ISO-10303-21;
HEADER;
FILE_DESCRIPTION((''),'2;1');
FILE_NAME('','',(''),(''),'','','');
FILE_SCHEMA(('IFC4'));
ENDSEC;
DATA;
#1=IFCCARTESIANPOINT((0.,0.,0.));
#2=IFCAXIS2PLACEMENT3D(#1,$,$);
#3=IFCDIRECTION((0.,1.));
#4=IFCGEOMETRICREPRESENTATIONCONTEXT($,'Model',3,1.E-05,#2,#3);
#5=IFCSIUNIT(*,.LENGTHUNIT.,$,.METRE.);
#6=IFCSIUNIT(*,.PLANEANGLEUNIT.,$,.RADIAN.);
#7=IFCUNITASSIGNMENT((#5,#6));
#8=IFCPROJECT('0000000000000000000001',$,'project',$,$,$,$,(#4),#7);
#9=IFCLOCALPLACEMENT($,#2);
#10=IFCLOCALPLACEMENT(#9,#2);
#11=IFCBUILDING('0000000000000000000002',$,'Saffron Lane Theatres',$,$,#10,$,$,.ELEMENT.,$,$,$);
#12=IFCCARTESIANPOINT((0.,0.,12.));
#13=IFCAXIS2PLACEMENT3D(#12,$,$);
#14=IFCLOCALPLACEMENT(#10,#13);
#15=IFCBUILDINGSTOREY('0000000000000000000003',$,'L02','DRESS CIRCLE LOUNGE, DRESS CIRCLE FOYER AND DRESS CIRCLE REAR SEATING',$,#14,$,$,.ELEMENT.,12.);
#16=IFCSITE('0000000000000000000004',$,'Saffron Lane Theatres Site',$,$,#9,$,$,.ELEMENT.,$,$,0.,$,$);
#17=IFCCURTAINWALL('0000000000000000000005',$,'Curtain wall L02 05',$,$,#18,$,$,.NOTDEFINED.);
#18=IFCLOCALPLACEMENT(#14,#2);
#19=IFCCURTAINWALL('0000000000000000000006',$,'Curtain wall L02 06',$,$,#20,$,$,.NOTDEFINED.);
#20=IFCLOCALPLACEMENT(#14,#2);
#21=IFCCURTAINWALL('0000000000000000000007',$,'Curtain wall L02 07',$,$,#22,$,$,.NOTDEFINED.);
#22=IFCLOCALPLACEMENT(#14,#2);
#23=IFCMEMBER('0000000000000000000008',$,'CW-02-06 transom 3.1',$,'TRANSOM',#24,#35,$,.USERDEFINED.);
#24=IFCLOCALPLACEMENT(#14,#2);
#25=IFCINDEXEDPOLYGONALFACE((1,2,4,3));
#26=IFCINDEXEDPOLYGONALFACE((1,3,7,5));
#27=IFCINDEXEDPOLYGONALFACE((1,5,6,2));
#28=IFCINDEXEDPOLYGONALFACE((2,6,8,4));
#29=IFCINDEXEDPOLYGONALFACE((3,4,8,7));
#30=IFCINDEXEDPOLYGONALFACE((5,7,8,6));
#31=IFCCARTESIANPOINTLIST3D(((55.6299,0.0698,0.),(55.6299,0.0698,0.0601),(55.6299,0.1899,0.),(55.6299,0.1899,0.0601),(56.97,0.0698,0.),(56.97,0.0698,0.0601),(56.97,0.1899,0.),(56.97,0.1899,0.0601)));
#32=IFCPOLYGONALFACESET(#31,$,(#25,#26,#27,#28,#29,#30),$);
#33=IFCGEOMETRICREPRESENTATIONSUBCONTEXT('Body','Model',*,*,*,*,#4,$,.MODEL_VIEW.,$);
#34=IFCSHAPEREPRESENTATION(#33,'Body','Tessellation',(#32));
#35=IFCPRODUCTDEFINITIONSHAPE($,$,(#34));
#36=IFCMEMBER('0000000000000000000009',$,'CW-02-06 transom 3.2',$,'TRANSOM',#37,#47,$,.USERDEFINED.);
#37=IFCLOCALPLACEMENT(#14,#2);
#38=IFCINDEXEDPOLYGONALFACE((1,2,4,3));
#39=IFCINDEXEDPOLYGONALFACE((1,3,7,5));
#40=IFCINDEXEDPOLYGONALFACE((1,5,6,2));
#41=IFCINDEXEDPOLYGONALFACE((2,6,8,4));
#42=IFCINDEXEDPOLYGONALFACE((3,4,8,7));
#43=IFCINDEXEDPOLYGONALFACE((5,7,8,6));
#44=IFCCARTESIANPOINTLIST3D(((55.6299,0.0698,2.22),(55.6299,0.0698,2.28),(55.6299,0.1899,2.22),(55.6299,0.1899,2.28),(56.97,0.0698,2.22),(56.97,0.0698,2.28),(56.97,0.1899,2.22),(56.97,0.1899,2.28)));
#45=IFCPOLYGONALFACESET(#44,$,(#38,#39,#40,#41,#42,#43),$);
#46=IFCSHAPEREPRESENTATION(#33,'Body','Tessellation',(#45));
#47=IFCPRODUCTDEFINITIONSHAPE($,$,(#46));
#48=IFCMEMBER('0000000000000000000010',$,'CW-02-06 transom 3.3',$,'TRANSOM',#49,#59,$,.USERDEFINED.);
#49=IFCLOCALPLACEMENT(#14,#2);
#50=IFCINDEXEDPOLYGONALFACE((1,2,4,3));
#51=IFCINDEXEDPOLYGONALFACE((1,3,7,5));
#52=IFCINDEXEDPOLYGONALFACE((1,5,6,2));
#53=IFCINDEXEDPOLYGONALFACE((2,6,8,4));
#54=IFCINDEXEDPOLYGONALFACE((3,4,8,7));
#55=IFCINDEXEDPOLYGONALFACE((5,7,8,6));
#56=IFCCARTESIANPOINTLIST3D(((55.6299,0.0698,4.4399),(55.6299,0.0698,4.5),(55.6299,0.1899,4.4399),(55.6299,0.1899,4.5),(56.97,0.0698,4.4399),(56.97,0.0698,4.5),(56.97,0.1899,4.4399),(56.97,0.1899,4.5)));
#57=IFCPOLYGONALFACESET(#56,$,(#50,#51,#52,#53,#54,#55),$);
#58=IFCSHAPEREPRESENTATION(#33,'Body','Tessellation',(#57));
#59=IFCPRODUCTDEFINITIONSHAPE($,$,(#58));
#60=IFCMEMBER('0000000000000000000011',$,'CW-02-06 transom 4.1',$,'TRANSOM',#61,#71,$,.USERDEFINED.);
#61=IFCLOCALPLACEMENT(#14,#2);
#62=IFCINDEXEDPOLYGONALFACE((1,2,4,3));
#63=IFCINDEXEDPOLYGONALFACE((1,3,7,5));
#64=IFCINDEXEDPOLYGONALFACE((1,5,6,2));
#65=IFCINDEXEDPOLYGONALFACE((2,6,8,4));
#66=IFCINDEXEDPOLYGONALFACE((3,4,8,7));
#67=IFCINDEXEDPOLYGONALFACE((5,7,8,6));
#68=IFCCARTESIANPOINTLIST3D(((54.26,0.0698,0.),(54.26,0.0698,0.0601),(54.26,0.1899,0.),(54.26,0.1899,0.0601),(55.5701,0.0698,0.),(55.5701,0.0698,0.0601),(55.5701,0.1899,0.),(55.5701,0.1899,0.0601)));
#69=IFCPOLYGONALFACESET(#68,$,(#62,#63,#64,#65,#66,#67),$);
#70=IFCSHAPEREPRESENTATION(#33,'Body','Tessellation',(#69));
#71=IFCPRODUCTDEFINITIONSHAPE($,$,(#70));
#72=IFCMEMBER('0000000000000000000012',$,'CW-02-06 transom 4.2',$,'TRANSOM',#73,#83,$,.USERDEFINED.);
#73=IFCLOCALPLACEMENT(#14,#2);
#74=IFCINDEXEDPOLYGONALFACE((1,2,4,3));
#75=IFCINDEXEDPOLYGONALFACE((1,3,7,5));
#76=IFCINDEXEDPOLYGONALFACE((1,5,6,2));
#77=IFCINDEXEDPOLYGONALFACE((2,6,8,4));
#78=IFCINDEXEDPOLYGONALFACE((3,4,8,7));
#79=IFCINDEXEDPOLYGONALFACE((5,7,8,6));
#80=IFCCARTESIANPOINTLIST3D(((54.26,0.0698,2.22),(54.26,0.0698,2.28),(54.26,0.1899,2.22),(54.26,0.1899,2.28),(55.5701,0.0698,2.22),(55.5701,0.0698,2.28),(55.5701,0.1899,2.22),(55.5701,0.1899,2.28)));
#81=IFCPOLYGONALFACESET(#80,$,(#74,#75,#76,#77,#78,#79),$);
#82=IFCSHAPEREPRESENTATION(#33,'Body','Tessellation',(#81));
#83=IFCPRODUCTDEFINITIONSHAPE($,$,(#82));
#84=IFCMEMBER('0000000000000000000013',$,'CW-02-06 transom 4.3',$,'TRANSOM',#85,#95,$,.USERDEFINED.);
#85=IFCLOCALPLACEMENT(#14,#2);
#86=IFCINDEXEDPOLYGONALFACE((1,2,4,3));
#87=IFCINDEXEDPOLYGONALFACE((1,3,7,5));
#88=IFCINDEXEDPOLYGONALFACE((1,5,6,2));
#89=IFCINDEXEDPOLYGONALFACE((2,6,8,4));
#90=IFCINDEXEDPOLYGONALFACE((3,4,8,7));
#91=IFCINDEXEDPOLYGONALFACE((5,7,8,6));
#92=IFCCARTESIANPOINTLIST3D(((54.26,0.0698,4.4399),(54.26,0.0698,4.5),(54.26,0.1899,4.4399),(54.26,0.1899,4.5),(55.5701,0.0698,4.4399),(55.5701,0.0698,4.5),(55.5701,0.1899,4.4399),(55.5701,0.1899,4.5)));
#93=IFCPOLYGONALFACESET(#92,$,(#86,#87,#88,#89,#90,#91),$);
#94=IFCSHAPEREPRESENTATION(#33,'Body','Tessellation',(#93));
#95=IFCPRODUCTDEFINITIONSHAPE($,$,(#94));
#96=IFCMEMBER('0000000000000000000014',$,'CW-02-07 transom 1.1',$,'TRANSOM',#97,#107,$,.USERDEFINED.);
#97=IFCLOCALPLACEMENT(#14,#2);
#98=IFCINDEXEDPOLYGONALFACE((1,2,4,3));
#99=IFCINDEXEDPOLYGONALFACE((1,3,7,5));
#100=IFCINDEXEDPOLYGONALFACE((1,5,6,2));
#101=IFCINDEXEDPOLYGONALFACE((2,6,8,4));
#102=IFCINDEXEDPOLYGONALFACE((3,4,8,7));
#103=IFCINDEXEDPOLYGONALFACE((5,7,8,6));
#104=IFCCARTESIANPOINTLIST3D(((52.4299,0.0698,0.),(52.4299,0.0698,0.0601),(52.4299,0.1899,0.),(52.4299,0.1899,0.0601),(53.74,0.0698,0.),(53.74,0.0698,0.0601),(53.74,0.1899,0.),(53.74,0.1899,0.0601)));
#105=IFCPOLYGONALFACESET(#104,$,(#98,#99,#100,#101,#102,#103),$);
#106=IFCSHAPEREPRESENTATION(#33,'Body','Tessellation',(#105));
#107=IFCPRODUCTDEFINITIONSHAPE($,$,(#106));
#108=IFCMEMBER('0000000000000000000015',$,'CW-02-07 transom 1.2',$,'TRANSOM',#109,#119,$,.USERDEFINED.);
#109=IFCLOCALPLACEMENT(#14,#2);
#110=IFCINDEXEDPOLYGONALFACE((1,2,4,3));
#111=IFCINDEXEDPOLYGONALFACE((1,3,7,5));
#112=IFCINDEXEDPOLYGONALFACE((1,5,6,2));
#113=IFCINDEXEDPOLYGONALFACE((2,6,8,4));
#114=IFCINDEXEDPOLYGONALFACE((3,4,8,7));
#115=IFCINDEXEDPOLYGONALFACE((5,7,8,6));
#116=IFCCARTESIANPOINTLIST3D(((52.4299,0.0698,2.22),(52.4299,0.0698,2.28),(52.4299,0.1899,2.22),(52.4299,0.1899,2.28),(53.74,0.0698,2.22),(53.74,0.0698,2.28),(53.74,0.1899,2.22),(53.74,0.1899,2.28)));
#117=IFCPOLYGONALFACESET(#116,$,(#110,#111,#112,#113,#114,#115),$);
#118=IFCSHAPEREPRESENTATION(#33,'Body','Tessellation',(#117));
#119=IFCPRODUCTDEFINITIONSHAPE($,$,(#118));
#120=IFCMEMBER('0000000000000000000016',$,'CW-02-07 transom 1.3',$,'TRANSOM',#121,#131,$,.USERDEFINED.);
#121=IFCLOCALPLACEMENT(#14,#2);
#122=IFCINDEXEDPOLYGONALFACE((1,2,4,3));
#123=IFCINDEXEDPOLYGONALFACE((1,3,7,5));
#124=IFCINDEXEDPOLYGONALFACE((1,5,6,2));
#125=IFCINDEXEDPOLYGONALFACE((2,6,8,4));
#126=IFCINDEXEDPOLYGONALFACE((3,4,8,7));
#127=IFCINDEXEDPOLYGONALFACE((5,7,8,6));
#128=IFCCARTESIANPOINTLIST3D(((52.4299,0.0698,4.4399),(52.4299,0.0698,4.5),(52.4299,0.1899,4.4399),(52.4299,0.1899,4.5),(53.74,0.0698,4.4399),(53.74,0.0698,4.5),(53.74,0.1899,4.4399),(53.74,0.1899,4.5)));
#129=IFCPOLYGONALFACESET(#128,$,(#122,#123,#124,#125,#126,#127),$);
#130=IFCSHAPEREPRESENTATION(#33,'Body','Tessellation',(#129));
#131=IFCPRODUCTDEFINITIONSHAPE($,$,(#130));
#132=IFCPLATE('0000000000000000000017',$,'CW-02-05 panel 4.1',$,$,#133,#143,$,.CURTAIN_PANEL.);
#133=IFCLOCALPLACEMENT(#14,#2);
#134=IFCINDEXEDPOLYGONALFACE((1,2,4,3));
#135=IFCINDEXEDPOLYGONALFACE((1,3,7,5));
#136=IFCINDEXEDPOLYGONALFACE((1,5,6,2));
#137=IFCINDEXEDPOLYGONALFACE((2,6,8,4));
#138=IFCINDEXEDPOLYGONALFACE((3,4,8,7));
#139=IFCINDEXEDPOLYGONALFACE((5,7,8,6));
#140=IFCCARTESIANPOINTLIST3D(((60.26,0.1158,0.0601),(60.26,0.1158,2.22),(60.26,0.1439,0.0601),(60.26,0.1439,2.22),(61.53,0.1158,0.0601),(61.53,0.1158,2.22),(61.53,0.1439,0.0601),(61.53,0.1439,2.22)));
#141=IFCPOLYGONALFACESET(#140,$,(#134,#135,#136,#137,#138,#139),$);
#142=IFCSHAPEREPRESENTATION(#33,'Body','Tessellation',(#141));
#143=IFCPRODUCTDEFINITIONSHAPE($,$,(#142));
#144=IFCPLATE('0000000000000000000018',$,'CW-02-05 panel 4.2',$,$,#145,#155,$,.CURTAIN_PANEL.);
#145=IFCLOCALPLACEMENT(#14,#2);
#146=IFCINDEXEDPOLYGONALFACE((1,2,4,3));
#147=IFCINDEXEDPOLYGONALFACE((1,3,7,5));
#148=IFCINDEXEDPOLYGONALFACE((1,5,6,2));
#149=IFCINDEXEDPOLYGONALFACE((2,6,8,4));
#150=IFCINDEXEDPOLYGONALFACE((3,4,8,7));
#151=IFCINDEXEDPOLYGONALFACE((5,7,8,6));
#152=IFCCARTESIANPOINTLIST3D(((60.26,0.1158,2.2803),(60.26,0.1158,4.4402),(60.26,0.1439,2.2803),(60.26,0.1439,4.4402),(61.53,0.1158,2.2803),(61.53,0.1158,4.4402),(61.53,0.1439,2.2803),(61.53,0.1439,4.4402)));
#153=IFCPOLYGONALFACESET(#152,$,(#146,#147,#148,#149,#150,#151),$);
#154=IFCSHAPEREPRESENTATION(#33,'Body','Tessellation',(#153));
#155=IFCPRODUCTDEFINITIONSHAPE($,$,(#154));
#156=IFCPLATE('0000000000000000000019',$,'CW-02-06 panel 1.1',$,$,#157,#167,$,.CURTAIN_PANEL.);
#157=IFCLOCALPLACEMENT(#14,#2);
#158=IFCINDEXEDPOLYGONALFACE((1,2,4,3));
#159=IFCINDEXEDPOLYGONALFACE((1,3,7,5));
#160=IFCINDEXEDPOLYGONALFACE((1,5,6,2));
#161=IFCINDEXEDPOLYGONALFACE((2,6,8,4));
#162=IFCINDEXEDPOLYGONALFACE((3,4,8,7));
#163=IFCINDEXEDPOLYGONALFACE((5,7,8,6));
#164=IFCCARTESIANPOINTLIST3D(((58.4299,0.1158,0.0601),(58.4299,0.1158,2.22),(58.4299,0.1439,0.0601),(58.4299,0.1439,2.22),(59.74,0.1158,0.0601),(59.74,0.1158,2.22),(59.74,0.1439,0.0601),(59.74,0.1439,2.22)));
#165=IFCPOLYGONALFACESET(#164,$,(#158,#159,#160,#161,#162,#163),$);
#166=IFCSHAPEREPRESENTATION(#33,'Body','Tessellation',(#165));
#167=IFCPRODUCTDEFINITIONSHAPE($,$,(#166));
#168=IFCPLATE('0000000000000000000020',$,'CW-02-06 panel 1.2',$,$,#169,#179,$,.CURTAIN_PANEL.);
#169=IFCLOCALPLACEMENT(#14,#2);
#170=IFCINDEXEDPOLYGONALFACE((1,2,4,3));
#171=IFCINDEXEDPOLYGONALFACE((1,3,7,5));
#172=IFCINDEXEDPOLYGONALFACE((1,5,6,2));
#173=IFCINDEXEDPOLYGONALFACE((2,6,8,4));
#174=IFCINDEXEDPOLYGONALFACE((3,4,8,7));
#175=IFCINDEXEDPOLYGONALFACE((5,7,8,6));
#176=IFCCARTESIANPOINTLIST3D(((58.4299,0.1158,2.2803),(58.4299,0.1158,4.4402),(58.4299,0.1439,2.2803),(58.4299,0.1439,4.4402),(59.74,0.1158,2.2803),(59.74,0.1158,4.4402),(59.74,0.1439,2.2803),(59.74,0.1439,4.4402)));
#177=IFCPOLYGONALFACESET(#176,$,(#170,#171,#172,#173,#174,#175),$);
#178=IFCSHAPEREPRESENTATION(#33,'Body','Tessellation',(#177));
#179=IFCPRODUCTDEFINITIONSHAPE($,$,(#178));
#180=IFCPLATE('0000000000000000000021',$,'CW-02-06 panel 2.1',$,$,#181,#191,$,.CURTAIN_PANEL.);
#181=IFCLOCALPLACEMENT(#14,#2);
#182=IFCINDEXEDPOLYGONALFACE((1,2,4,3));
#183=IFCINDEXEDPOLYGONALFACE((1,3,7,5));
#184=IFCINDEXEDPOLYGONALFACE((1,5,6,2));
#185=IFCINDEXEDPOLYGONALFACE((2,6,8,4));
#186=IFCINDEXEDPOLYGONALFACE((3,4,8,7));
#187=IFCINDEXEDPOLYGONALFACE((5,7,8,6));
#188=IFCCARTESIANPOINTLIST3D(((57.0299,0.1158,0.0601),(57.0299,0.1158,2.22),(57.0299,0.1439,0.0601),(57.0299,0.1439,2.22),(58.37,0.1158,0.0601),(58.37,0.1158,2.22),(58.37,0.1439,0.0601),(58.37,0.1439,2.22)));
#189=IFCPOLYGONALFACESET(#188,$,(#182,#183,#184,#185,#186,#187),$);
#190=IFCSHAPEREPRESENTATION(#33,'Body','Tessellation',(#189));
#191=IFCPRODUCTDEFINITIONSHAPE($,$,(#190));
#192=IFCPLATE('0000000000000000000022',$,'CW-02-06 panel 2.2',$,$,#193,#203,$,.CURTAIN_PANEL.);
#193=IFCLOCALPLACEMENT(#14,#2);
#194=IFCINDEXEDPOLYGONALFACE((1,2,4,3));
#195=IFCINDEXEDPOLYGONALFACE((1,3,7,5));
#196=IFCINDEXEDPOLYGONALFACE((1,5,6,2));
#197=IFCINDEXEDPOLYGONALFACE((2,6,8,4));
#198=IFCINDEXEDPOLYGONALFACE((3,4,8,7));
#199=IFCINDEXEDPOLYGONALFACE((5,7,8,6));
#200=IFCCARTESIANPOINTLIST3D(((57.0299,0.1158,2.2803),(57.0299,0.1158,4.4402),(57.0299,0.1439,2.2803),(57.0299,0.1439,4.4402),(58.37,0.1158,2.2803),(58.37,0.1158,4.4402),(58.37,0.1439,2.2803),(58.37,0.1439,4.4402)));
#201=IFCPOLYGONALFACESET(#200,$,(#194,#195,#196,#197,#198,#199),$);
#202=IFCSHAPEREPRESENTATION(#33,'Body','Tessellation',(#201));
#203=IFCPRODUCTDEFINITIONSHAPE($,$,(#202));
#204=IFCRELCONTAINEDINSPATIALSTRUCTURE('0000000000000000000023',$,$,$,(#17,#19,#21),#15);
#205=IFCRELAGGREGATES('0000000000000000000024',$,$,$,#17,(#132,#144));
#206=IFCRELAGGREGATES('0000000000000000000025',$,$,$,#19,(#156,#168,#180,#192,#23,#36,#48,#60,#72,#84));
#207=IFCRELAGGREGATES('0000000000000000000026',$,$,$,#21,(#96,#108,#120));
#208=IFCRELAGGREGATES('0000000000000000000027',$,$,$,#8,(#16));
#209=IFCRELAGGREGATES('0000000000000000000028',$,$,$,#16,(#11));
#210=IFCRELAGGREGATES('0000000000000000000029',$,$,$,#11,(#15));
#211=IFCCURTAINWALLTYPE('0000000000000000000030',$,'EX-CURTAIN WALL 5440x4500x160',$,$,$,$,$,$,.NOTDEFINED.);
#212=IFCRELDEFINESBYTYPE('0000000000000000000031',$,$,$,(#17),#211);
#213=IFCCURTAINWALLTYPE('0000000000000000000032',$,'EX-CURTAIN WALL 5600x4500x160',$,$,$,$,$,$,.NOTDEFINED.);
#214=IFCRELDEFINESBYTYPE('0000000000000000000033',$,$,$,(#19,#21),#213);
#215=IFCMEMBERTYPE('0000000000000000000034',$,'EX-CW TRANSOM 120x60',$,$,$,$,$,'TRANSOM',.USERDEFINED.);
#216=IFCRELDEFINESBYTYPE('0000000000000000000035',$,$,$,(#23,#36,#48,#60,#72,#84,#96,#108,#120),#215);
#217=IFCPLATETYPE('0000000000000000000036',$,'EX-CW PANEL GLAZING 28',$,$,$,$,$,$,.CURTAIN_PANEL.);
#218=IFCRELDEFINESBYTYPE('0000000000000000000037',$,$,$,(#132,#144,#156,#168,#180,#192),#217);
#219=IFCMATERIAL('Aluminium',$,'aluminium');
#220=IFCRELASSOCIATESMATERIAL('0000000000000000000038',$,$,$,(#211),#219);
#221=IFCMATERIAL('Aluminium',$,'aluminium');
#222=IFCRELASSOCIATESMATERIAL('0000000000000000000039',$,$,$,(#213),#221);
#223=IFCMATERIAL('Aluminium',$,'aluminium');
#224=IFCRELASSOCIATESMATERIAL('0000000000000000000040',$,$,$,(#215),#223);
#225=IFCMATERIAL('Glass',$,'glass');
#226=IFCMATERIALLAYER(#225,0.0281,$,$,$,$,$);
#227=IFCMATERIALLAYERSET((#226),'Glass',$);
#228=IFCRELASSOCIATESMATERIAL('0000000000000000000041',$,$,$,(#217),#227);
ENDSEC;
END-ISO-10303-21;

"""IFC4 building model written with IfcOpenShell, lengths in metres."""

from ifc_helpers import new_model, si_unit, direction, frame, origin, origin_2d, place, context, subcontext, project, spatial, rectangle, extrude, material, layer, layer_set, material_profile, profile_set, type_object, element, aggregate, save


model = new_model("IFC4")

# Units and contexts
model_context = context("Model", 3, precision=1e-05, world=origin(), true_north=direction((0.0, 1.0)))
body_context = subcontext(model_context, "Body", "Model", "MODEL_VIEW")
ifc_project = project(units=[si_unit("LENGTHUNIT", "METRE"), si_unit("PLANEANGLEUNIT", "RADIAN")], contexts=[model_context])

# Site, building, storey
site_placement = place(None, origin())
site = spatial("IfcSite", under=ifc_project, at=site_placement, Name="Saffron Lane Theatres Site", CompositionType="ELEMENT", RefElevation=0.0)
building_placement = place(site_placement, origin())
building = spatial("IfcBuilding", under=site, at=building_placement, Name="Saffron Lane Theatres", CompositionType="ELEMENT")
storey_placement = place(building_placement, frame((0.0, 0.0, 12.0)))
storey = spatial("IfcBuildingStorey", under=building, at=storey_placement, Name="L02", Description="DRESS CIRCLE LOUNGE, DRESS CIRCLE FOYER AND DRESS CIRCLE REAR SEATING", CompositionType="ELEMENT", Elevation=12.0)

# Curtain wall
ifc_material_1 = material(Name="Aluminium", Category="aluminium")
curtain_wall_type_1 = type_object("IfcCurtainWallType", Name="EX-CURTAIN WALL 5440x4500x160", PredefinedType="NOTDEFINED", material=ifc_material_1)
curtain_wall_1_placement = place(storey_placement, origin())
curtain_wall_1 = element("IfcCurtainWall", 1, at=curtain_wall_1_placement, inside=storey, type_object=curtain_wall_type_1, Name="Curtain wall L02 05", PredefinedType="NOTDEFINED")

# Curtain walls
ifc_material_2 = material(Name="Aluminium", Category="aluminium")
curtain_wall_type_2 = type_object("IfcCurtainWallType", Name="EX-CURTAIN WALL 5600x4500x160", PredefinedType="NOTDEFINED", material=ifc_material_2)
curtain_wall_2_placement = place(storey_placement, origin())
curtain_wall_2 = element("IfcCurtainWall", 2, at=curtain_wall_2_placement, inside=storey, type_object=curtain_wall_type_2, Name="Curtain wall L02 06", PredefinedType="NOTDEFINED")
curtain_wall_3_placement = place(storey_placement, origin())
curtain_wall_3 = element("IfcCurtainWall", 3, at=curtain_wall_3_placement, inside=storey, type_object=curtain_wall_type_2, Name="Curtain wall L02 07", PredefinedType="NOTDEFINED")

# Members
ifc_material_3 = material(Name="Aluminium", Category="aluminium")
ifc_material_profile_1 = material_profile(ifc_material_3, rectangle(XDim=0.1201, YDim=0.0601, at=origin_2d()))
ifc_profile_set_1 = profile_set([ifc_material_profile_1], Name="Aluminium")
member_type_1 = type_object("IfcMemberType", Name="EX-CW TRANSOM 120x60", ElementType="TRANSOM", PredefinedType="USERDEFINED", material=ifc_profile_set_1)
member_1_placement = place(storey_placement, frame((56.97, 0.1299, 0.03), z_axis=(-1.0, 0.0, 0.0), x_axis=(0.0, -1.0, 0.0)))
member_1 = element("IfcMember", 4, at=member_1_placement, type_object=member_type_1, Name="CW-02-06 transom 3.1", ObjectType="TRANSOM", PredefinedType="USERDEFINED", context=body_context, shape_type="SweptSolid", body=[
    extrude(rectangle(XDim=0.1201, YDim=0.0601, at=origin_2d()), origin(), (0.0, 0.0, 1.0), 1.3401),
])
member_2_placement = place(storey_placement, frame((56.97, 0.1299, 2.25), z_axis=(-1.0, 0.0, 0.0), x_axis=(0.0, -1.0, 0.0)))
member_2 = element("IfcMember", 5, at=member_2_placement, type_object=member_type_1, Name="CW-02-06 transom 3.2", ObjectType="TRANSOM", PredefinedType="USERDEFINED", context=body_context, shape_type="SweptSolid", body=[
    extrude(rectangle(XDim=0.1201, YDim=0.0601, at=origin_2d()), origin(), (0.0, 0.0, 1.0), 1.3401),
])
member_3_placement = place(storey_placement, frame((56.97, 0.1299, 4.47), z_axis=(-1.0, 0.0, 0.0), x_axis=(0.0, -1.0, 0.0)))
member_3 = element("IfcMember", 6, at=member_3_placement, type_object=member_type_1, Name="CW-02-06 transom 3.3", ObjectType="TRANSOM", PredefinedType="USERDEFINED", context=body_context, shape_type="SweptSolid", body=[
    extrude(rectangle(XDim=0.1201, YDim=0.0601, at=origin_2d()), origin(), (0.0, 0.0, 1.0), 1.3401),
])
member_4_placement = place(storey_placement, frame((55.5701, 0.1299, 0.03), z_axis=(-1.0, 0.0, 0.0), x_axis=(0.0, -1.0, 0.0)))
member_4 = element("IfcMember", 7, at=member_4_placement, type_object=member_type_1, Name="CW-02-06 transom 4.1", ObjectType="TRANSOM", PredefinedType="USERDEFINED", context=body_context, shape_type="SweptSolid", body=[
    extrude(rectangle(XDim=0.1201, YDim=0.0601, at=origin_2d()), origin(), (0.0, 0.0, 1.0), 1.3101),
])
member_5_placement = place(storey_placement, frame((55.5701, 0.1299, 2.25), z_axis=(-1.0, 0.0, 0.0), x_axis=(0.0, -1.0, 0.0)))
member_5 = element("IfcMember", 8, at=member_5_placement, type_object=member_type_1, Name="CW-02-06 transom 4.2", ObjectType="TRANSOM", PredefinedType="USERDEFINED", context=body_context, shape_type="SweptSolid", body=[
    extrude(rectangle(XDim=0.1201, YDim=0.0601, at=origin_2d()), origin(), (0.0, 0.0, 1.0), 1.3101),
])
member_6_placement = place(storey_placement, frame((55.5701, 0.1299, 4.47), z_axis=(-1.0, 0.0, 0.0), x_axis=(0.0, -1.0, 0.0)))
member_6 = element("IfcMember", 9, at=member_6_placement, type_object=member_type_1, Name="CW-02-06 transom 4.3", ObjectType="TRANSOM", PredefinedType="USERDEFINED", context=body_context, shape_type="SweptSolid", body=[
    extrude(rectangle(XDim=0.1201, YDim=0.0601, at=origin_2d()), origin(), (0.0, 0.0, 1.0), 1.3101),
])
member_7_placement = place(storey_placement, frame((53.74, 0.1299, 0.03), z_axis=(-1.0, 0.0, 0.0), x_axis=(0.0, -1.0, 0.0)))
member_7 = element("IfcMember", 10, at=member_7_placement, type_object=member_type_1, Name="CW-02-07 transom 1.1", ObjectType="TRANSOM", PredefinedType="USERDEFINED", context=body_context, shape_type="SweptSolid", body=[
    extrude(rectangle(XDim=0.1201, YDim=0.0601, at=origin_2d()), origin(), (0.0, 0.0, 1.0), 1.3101),
])
member_8_placement = place(storey_placement, frame((53.74, 0.1299, 2.25), z_axis=(-1.0, 0.0, 0.0), x_axis=(0.0, -1.0, 0.0)))
member_8 = element("IfcMember", 11, at=member_8_placement, type_object=member_type_1, Name="CW-02-07 transom 1.2", ObjectType="TRANSOM", PredefinedType="USERDEFINED", context=body_context, shape_type="SweptSolid", body=[
    extrude(rectangle(XDim=0.1201, YDim=0.0601, at=origin_2d()), origin(), (0.0, 0.0, 1.0), 1.3101),
])
member_9_placement = place(storey_placement, frame((53.74, 0.1299, 4.47), z_axis=(-1.0, 0.0, 0.0), x_axis=(0.0, -1.0, 0.0)))
member_9 = element("IfcMember", 12, at=member_9_placement, type_object=member_type_1, Name="CW-02-07 transom 1.3", ObjectType="TRANSOM", PredefinedType="USERDEFINED", context=body_context, shape_type="SweptSolid", body=[
    extrude(rectangle(XDim=0.1201, YDim=0.0601, at=origin_2d()), origin(), (0.0, 0.0, 1.0), 1.3101),
])

# Plates
ifc_material_4 = material(Name="Glass", Category="glass")
ifc_layer_1 = layer(ifc_material_4, 0.0281)
ifc_layer_set_1 = layer_set([ifc_layer_1], Name="Glass")
plate_type = type_object("IfcPlateType", Name="EX-CW PANEL GLAZING 28", PredefinedType="CURTAIN_PANEL", material=ifc_layer_set_1)
plate_1_placement = place(storey_placement, frame((60.895, 0.1299, 0.0601), z_axis=(0.0, 0.0, 1.0), x_axis=(-1.0, 0.0, 0.0)))
plate_1 = element("IfcPlate", 13, at=plate_1_placement, type_object=plate_type, Name="CW-02-05 panel 4.1", PredefinedType="CURTAIN_PANEL", context=body_context, shape_type="SweptSolid", body=[
    extrude(rectangle(XDim=1.27, YDim=0.0281, at=origin_2d()), origin(), (0.0, 0.0, 1.0), 2.1599),
])
plate_2_placement = place(storey_placement, frame((60.895, 0.1299, 2.2803), z_axis=(0.0, 0.0, 1.0), x_axis=(-1.0, 0.0, 0.0)))
plate_2 = element("IfcPlate", 14, at=plate_2_placement, type_object=plate_type, Name="CW-02-05 panel 4.2", PredefinedType="CURTAIN_PANEL", context=body_context, shape_type="SweptSolid", body=[
    extrude(rectangle(XDim=1.27, YDim=0.0281, at=origin_2d()), origin(), (0.0, 0.0, 1.0), 2.1599),
])
aggregate(curtain_wall_1, [plate_1, plate_2])
plate_3_placement = place(storey_placement, frame((59.085, 0.1299, 0.0601), z_axis=(0.0, 0.0, 1.0), x_axis=(-1.0, 0.0, 0.0)))
plate_3 = element("IfcPlate", 15, at=plate_3_placement, type_object=plate_type, Name="CW-02-06 panel 1.1", PredefinedType="CURTAIN_PANEL", context=body_context, shape_type="SweptSolid", body=[
    extrude(rectangle(XDim=1.3101, YDim=0.0281, at=origin_2d()), origin(), (0.0, 0.0, 1.0), 2.1599),
])
plate_4_placement = place(storey_placement, frame((59.085, 0.1299, 2.2803), z_axis=(0.0, 0.0, 1.0), x_axis=(-1.0, 0.0, 0.0)))
plate_4 = element("IfcPlate", 16, at=plate_4_placement, type_object=plate_type, Name="CW-02-06 panel 1.2", PredefinedType="CURTAIN_PANEL", context=body_context, shape_type="SweptSolid", body=[
    extrude(rectangle(XDim=1.3101, YDim=0.0281, at=origin_2d()), origin(), (0.0, 0.0, 1.0), 2.1599),
])
plate_5_placement = place(storey_placement, frame((57.7, 0.1299, 0.0601), z_axis=(0.0, 0.0, 1.0), x_axis=(-1.0, 0.0, 0.0)))
plate_5 = element("IfcPlate", 17, at=plate_5_placement, type_object=plate_type, Name="CW-02-06 panel 2.1", PredefinedType="CURTAIN_PANEL", context=body_context, shape_type="SweptSolid", body=[
    extrude(rectangle(XDim=1.3401, YDim=0.0281, at=origin_2d()), origin(), (0.0, 0.0, 1.0), 2.1599),
])
plate_6_placement = place(storey_placement, frame((57.7, 0.1299, 2.2803), z_axis=(0.0, 0.0, 1.0), x_axis=(-1.0, 0.0, 0.0)))
plate_6 = element("IfcPlate", 18, at=plate_6_placement, type_object=plate_type, Name="CW-02-06 panel 2.2", PredefinedType="CURTAIN_PANEL", context=body_context, shape_type="SweptSolid", body=[
    extrude(rectangle(XDim=1.3401, YDim=0.0281, at=origin_2d()), origin(), (0.0, 0.0, 1.0), 2.1599),
])
aggregate(curtain_wall_2, [plate_3, plate_4, plate_5, plate_6, member_1, member_2, member_3, member_4, member_5, member_6])
aggregate(curtain_wall_3, [member_7, member_8, member_9])

save(model, "model.ifc")
